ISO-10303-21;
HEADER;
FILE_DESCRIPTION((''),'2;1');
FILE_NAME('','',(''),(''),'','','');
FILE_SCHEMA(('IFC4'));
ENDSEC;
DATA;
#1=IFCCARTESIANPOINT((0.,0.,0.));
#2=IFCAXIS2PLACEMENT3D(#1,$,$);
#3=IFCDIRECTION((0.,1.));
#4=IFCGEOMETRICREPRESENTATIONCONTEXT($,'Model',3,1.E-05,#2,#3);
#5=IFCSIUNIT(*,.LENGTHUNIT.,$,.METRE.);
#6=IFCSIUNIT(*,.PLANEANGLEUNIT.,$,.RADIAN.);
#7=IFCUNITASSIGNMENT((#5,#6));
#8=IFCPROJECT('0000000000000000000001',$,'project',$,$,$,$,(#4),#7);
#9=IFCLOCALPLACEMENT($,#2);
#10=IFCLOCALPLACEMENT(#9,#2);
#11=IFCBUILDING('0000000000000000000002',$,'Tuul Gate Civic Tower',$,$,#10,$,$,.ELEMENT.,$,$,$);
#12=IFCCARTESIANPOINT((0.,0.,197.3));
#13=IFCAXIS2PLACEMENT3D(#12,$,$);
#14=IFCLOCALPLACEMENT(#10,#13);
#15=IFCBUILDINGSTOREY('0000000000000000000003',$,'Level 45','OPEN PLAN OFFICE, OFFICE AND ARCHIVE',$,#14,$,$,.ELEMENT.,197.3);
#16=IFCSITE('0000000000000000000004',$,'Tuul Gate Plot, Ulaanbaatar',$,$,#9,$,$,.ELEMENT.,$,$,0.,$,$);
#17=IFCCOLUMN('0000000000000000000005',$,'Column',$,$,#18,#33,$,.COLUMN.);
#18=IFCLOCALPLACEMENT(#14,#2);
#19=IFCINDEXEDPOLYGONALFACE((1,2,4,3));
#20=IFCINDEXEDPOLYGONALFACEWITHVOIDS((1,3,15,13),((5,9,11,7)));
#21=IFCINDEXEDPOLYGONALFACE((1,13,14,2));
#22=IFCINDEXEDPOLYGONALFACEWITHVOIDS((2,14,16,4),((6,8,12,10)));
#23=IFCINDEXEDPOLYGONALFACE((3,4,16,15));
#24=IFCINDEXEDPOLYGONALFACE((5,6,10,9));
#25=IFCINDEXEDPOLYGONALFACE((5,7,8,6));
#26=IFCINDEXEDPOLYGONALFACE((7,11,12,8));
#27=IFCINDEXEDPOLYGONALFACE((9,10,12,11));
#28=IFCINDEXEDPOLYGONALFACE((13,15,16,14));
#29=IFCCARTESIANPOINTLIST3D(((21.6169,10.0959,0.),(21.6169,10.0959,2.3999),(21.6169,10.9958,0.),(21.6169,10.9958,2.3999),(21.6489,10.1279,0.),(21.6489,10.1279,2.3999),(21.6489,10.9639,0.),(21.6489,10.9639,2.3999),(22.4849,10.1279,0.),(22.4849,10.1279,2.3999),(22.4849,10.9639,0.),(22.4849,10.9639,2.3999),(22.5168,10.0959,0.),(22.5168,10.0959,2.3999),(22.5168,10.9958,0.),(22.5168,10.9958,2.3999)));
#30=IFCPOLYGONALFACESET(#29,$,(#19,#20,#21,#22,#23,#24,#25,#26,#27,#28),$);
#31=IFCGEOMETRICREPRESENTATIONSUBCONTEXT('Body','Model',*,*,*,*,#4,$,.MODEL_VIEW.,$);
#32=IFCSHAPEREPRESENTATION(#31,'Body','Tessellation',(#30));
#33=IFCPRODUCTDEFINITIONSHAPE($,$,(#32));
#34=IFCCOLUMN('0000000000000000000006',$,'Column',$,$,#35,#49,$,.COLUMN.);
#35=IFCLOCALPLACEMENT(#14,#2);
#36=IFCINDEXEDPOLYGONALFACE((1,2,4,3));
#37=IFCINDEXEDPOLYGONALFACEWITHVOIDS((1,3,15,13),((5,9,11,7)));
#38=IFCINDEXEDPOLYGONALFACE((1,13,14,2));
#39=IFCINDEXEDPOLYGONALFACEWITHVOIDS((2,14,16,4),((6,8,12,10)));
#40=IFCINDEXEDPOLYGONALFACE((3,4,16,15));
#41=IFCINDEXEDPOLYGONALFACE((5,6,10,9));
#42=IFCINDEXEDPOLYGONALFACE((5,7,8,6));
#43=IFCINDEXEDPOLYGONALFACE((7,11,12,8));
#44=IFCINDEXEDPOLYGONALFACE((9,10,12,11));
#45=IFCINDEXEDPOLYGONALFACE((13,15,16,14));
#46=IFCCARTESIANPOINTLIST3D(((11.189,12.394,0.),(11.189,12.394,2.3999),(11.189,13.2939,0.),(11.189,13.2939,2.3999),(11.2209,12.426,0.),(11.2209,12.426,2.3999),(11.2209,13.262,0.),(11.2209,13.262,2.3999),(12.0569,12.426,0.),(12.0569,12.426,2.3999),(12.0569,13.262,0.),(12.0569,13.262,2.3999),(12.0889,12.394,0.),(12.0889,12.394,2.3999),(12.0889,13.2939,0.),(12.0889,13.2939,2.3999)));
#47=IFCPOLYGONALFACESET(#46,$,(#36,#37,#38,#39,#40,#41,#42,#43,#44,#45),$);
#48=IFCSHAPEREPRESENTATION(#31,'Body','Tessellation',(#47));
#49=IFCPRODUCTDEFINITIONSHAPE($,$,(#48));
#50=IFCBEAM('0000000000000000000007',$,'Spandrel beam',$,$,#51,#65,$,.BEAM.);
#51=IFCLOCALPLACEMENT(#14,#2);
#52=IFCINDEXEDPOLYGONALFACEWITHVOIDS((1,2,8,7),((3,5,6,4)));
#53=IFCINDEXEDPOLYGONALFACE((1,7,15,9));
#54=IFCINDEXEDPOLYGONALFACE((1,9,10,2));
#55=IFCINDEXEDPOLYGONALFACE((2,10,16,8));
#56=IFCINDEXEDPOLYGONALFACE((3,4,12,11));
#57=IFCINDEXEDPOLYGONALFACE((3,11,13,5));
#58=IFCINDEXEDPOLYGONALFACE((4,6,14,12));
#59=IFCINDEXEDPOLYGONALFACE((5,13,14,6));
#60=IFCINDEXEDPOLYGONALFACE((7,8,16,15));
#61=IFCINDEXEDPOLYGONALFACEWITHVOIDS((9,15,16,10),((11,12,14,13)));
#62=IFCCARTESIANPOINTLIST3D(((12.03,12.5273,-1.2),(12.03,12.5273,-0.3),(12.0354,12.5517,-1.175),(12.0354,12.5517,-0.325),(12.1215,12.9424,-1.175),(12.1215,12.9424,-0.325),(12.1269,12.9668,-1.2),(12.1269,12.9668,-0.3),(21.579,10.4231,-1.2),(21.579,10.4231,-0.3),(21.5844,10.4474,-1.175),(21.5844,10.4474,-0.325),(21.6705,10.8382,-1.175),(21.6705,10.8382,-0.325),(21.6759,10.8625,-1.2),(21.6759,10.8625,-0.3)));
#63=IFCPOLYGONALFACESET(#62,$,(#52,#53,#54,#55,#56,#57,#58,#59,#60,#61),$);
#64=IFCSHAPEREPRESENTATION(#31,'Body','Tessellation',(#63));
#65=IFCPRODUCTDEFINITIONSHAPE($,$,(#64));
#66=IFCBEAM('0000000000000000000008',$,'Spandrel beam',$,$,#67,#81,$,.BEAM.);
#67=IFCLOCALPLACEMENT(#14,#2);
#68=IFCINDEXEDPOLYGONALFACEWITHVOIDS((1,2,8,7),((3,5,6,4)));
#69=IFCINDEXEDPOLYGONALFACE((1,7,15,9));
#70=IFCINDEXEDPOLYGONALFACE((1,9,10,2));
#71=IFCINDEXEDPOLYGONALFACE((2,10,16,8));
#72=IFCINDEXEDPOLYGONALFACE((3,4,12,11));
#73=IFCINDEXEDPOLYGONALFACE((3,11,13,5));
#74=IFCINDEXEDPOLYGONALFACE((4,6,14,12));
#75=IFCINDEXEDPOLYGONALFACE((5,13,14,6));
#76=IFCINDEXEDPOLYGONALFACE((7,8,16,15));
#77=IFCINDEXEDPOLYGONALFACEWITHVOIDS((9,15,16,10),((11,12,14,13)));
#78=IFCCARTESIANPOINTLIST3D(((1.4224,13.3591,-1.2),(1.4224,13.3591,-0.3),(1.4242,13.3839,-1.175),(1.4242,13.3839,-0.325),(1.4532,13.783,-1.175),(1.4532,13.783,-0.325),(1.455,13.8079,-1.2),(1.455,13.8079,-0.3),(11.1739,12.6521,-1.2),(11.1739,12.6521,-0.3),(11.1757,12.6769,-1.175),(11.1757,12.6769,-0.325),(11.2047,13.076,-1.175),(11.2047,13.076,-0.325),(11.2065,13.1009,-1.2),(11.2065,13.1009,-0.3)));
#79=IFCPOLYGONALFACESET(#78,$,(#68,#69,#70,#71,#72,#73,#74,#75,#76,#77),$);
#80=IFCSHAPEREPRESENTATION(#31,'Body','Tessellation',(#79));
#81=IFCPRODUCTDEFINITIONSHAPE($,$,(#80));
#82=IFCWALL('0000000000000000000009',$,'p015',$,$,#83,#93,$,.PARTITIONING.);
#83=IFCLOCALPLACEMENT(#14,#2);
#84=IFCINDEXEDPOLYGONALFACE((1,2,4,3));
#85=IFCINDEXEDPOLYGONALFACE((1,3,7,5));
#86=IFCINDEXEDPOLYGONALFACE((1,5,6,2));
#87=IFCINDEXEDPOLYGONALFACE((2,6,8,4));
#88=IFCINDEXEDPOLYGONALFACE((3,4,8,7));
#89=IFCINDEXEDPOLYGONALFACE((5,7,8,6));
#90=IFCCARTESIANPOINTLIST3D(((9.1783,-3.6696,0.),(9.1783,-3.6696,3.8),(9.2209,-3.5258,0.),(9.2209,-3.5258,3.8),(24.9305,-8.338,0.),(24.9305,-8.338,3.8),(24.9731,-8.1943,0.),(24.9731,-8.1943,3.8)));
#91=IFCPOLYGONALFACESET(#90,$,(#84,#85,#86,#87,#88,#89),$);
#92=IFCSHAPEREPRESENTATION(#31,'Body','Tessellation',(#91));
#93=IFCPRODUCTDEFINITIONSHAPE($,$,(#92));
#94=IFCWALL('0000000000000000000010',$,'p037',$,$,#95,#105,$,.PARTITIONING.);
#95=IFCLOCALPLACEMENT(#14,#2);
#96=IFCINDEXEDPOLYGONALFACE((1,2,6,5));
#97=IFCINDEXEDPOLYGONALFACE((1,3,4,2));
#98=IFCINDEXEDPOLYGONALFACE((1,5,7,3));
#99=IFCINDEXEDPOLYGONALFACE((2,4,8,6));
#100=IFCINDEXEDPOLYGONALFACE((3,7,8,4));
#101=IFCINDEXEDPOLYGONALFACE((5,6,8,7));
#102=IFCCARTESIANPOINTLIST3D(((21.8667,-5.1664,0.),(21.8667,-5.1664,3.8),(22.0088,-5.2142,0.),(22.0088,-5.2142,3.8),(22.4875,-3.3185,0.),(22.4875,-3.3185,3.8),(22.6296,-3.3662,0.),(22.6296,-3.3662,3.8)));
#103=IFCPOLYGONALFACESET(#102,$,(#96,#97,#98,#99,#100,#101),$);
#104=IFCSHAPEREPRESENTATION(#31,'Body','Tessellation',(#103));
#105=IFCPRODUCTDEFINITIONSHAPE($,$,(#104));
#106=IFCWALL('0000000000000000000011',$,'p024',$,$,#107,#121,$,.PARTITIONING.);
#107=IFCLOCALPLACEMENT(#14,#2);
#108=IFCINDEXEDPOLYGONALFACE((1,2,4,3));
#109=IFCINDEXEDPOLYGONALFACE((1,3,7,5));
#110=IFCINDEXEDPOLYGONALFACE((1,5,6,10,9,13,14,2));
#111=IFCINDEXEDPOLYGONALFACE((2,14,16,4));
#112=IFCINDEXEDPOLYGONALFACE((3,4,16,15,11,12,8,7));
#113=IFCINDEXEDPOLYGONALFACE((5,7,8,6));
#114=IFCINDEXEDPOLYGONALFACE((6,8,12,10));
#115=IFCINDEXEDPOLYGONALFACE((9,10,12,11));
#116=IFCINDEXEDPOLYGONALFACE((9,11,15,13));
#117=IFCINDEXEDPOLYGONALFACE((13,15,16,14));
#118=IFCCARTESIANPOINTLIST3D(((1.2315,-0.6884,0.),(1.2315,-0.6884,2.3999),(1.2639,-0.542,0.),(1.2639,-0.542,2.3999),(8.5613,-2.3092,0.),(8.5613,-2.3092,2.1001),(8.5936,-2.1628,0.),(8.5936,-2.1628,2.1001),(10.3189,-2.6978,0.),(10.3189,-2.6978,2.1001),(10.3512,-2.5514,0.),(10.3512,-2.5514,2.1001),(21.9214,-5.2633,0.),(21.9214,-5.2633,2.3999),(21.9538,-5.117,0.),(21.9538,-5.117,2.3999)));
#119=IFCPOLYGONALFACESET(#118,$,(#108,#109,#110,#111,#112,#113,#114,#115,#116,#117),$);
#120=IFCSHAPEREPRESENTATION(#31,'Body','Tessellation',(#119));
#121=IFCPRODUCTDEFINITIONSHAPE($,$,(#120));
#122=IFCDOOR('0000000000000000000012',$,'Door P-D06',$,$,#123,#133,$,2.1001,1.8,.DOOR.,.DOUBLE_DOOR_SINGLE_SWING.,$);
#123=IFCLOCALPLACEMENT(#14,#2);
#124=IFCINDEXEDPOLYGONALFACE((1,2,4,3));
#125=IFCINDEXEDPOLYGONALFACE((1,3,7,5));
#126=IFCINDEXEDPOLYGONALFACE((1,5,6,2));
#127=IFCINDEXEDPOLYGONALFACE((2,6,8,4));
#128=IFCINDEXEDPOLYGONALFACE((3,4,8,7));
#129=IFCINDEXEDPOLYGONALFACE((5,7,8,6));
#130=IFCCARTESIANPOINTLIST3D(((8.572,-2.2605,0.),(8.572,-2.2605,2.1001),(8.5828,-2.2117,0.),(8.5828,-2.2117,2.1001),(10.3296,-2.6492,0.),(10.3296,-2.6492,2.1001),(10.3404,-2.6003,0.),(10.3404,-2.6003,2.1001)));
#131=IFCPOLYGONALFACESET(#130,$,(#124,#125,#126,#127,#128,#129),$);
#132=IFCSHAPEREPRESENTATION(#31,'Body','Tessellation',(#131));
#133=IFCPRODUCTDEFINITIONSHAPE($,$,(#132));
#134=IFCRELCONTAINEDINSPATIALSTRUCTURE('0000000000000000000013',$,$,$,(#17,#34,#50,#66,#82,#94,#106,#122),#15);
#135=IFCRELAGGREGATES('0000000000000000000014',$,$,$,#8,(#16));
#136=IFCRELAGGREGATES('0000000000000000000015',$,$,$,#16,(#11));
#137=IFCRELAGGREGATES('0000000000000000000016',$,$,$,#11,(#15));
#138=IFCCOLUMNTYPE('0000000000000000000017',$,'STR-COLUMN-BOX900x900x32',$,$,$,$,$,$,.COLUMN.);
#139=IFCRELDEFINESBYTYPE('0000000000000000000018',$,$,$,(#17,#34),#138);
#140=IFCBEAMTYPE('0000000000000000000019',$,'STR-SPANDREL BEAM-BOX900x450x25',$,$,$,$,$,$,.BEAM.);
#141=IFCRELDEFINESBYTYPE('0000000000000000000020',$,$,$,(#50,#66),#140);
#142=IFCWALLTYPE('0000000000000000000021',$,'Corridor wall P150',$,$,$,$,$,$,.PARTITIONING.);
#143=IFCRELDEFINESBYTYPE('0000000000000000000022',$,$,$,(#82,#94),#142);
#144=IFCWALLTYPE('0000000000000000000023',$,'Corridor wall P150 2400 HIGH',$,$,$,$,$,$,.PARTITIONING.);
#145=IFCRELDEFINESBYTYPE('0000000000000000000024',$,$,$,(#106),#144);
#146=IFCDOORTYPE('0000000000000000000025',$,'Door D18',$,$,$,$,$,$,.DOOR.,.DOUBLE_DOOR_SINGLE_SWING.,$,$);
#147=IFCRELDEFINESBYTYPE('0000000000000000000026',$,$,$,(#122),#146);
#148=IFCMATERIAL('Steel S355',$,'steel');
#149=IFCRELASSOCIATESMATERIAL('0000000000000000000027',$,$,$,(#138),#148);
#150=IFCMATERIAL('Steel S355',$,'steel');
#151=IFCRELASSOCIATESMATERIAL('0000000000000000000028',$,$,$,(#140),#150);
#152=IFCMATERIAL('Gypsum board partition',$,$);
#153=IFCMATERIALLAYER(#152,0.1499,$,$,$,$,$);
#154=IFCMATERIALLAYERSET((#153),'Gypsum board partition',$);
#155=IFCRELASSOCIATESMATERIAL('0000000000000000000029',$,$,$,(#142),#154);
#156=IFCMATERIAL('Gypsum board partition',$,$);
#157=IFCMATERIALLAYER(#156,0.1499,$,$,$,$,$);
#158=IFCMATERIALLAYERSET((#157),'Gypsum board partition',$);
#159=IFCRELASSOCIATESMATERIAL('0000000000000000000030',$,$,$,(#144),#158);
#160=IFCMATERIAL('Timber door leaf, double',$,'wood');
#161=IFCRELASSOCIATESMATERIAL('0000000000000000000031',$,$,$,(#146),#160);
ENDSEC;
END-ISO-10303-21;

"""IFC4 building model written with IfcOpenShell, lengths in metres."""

from ifc_helpers import new_model, si_unit, direction, frame, frame_2d, origin, origin_2d, place, context, subcontext, project, spatial, rectangle, hollow_rectangle, extrude, material, layer, layer_set, material_profile, profile_set, type_object, element, fill, save


model = new_model("IFC4")

# Units and contexts
model_context = context("Model", 3, precision=1e-05, world=origin(), true_north=direction((0.0, 1.0)))
body_context = subcontext(model_context, "Body", "Model", "MODEL_VIEW")
ifc_project = project(units=[si_unit("LENGTHUNIT", "METRE"), si_unit("PLANEANGLEUNIT", "RADIAN")], contexts=[model_context])

# Site, building, storey
site_placement = place(None, origin())
site = spatial("IfcSite", under=ifc_project, at=site_placement, Name="Tuul Gate Plot, Ulaanbaatar", CompositionType="ELEMENT", RefElevation=0.0)
building_placement = place(site_placement, origin())
building = spatial("IfcBuilding", under=site, at=building_placement, Name="Tuul Gate Civic Tower", CompositionType="ELEMENT")
storey_placement = place(building_placement, frame((0.0, 0.0, 197.3)))
storey = spatial("IfcBuildingStorey", under=building, at=storey_placement, Name="Level 45", Description="OPEN PLAN OFFICE, OFFICE AND ARCHIVE", CompositionType="ELEMENT", Elevation=197.3)

# Columns
ifc_material_1 = material(Name="Steel S355", Category="steel")
ifc_material_profile_1 = material_profile(ifc_material_1, hollow_rectangle(XDim=0.8999, YDim=0.8999, WallThickness=0.032, at=origin_2d()), Name="BOX900x900x32")
ifc_profile_set_1 = profile_set([ifc_material_profile_1], Name="Steel S355")
column_type = type_object("IfcColumnType", Name="STR-COLUMN-BOX900x900x32", PredefinedType="COLUMN", material=ifc_profile_set_1)
for number, where, z_axis, x_axis, name in (
    (1, (22.0669, 10.5459, 0.0), (0.0, 0.0, 1.0), (1.0, 0.0, 0.0), "Column"),
    (2, (11.6389, 12.844, 0.0), (0.0, 0.0, 1.0), (1.0, 0.0, 0.0), "Column"),
):
    element("IfcColumn", number, at=place(storey_placement, frame(where, z_axis=z_axis, x_axis=x_axis)), inside=storey, type_object=column_type, Name=name, PredefinedType="COLUMN", context=body_context, shape_type="SweptSolid", body=[
        extrude(hollow_rectangle(XDim=0.8999, YDim=0.8999, WallThickness=0.032, at=origin_2d()), origin(), (0.0, 0.0, 1.0), 2.3999),
    ])

# Beams
ifc_material_2 = material(Name="Steel S355", Category="steel")
ifc_material_profile_2 = material_profile(ifc_material_2, hollow_rectangle(XDim=0.45, YDim=0.8999, WallThickness=0.0249, at=origin_2d()), Name="BOX900x450x25")
ifc_profile_set_2 = profile_set([ifc_material_profile_2], Name="Steel S355")
beam_type = type_object("IfcBeamType", Name="STR-SPANDREL BEAM-BOX900x450x25", PredefinedType="BEAM", material=ifc_profile_set_2)
beam_1_placement = place(storey_placement, frame((21.6274, 10.6428, -0.75), z_axis=(-0.97657, 0.215199, 0.0), x_axis=(-0.215199, -0.97657, 0.0)))
element("IfcBeam", 3, at=beam_1_placement, inside=storey, type_object=beam_type, Name="Spandrel beam", PredefinedType="BEAM", context=body_context, shape_type="SweptSolid", body=[
    extrude(hollow_rectangle(XDim=0.45, YDim=0.8999, WallThickness=0.0249, at=origin_2d()), origin(), (0.0, 0.0, 1.0), 9.7781),
])
beam_2_placement = place(storey_placement, frame((11.1902, 12.8765, -0.75), z_axis=(-0.997382, 0.072315, 0.0), x_axis=(-0.072315, -0.997382, 0.0)))
element("IfcBeam", 4, at=beam_2_placement, inside=storey, type_object=beam_type, Name="Spandrel beam", PredefinedType="BEAM", context=body_context, shape_type="SweptSolid", body=[
    extrude(hollow_rectangle(XDim=0.45, YDim=0.8999, WallThickness=0.0249, at=origin_2d()), origin(), (0.0, 0.0, 1.0), 9.7771),
])

# Walls
ifc_material_3 = material(Name="Gypsum board partition")
ifc_layer_1 = layer(ifc_material_3, 0.1499)
ifc_layer_set_1 = layer_set([ifc_layer_1], Name="Gypsum board partition")
wall_type_1 = type_object("IfcWallType", Name="Corridor wall P150", PredefinedType="PARTITIONING", material=ifc_layer_set_1)
wall_1_placement = place(storey_placement, frame((9.1995, -3.5977, 0.0), z_axis=(0.0, 0.0, 1.0), x_axis=(0.958779, -0.284152, 0.0)))
element("IfcWall", 5, at=wall_1_placement, inside=storey, type_object=wall_type_1, Name="p015", PredefinedType="PARTITIONING", context=body_context, shape_type="SweptSolid", body=[
    extrude(rectangle(XDim=16.4294, YDim=0.1499, at=frame_2d((8.2148, 0.0))), origin(), (0.0, 0.0, 1.0), 3.8),
])
wall_2_placement = place(storey_placement, frame((21.9377, -5.1902, 0.0), z_axis=(0.0, 0.0, 1.0), x_axis=(0.318481, 0.947929, 0.0)))
element("IfcWall", 6, at=wall_2_placement, inside=storey, type_object=wall_type_1, Name="p037", PredefinedType="PARTITIONING", context=body_context, shape_type="SweptSolid", body=[
    extrude(rectangle(XDim=1.9495, YDim=0.1499, at=frame_2d((0.9746, 0.0))), origin(), (0.0, 0.0, 1.0), 3.8),
])

# Wall, opening, door
ifc_material_4 = material(Name="Gypsum board partition")
ifc_layer_2 = layer(ifc_material_4, 0.1499)
ifc_layer_set_2 = layer_set([ifc_layer_2], Name="Gypsum board partition")
wall_type_2 = type_object("IfcWallType", Name="Corridor wall P150 2400 HIGH", PredefinedType="PARTITIONING", material=ifc_layer_set_2)
wall_3_placement = place(storey_placement, frame((1.2478, -0.6152, 0.0), z_axis=(0.0, 0.0, 1.0), x_axis=(0.976415, -0.215904, 0.0)))
wall_3 = element("IfcWall", 7, at=wall_3_placement, inside=storey, type_object=wall_type_2, Name="p024", PredefinedType="PARTITIONING", context=body_context, shape_type="SweptSolid", body=[
    extrude(rectangle(XDim=21.1897, YDim=0.1499, at=frame_2d((10.5947, 0.0))), origin(), (0.0, 0.0, 1.0), 2.3999),
])
opening_1_placement = place(wall_3_placement, frame((7.5068, 0.0, 0.0)))
opening_1 = element("IfcOpeningElement", 8, at=opening_1_placement, cuts=wall_3, PredefinedType="OPENING", context=body_context, shape_type="SweptSolid", body=[
    extrude(rectangle(XDim=1.8, YDim=2.1001, at=frame_2d((0.8999, 1.05))), frame((0.0, 0.085, 0.0), z_axis=(0.0, -1.0, 0.0), x_axis=(1.0, 0.0, 0.0)), (0.0, 0.0, 1.0), 0.1699),
])
ifc_material_5 = material(Name="Timber door leaf, double", Category="wood")
door_type = type_object("IfcDoorType", Name="Door D18", OperationType="DOUBLE_DOOR_SINGLE_SWING", PredefinedType="DOOR", material=ifc_material_5)
door_placement = place(opening_1_placement, origin())
door = element("IfcDoor", 9, at=door_placement, inside=storey, type_object=door_type, Name="Door P-D06", OperationType="DOUBLE_DOOR_SINGLE_SWING", OverallHeight=2.1001, OverallWidth=1.8, PredefinedType="DOOR", context=body_context, shape_type="SweptSolid", body=[
    extrude(rectangle(XDim=1.8, YDim=2.1001, at=frame_2d((0.8999, 1.05))), frame((0.0, 0.0249, 0.0), z_axis=(0.0, -1.0, 0.0), x_axis=(1.0, 0.0, 0.0)), (0.0, 0.0, 1.0), 0.05),
])
fill(opening_1, door)

save(model, "model.ifc")
